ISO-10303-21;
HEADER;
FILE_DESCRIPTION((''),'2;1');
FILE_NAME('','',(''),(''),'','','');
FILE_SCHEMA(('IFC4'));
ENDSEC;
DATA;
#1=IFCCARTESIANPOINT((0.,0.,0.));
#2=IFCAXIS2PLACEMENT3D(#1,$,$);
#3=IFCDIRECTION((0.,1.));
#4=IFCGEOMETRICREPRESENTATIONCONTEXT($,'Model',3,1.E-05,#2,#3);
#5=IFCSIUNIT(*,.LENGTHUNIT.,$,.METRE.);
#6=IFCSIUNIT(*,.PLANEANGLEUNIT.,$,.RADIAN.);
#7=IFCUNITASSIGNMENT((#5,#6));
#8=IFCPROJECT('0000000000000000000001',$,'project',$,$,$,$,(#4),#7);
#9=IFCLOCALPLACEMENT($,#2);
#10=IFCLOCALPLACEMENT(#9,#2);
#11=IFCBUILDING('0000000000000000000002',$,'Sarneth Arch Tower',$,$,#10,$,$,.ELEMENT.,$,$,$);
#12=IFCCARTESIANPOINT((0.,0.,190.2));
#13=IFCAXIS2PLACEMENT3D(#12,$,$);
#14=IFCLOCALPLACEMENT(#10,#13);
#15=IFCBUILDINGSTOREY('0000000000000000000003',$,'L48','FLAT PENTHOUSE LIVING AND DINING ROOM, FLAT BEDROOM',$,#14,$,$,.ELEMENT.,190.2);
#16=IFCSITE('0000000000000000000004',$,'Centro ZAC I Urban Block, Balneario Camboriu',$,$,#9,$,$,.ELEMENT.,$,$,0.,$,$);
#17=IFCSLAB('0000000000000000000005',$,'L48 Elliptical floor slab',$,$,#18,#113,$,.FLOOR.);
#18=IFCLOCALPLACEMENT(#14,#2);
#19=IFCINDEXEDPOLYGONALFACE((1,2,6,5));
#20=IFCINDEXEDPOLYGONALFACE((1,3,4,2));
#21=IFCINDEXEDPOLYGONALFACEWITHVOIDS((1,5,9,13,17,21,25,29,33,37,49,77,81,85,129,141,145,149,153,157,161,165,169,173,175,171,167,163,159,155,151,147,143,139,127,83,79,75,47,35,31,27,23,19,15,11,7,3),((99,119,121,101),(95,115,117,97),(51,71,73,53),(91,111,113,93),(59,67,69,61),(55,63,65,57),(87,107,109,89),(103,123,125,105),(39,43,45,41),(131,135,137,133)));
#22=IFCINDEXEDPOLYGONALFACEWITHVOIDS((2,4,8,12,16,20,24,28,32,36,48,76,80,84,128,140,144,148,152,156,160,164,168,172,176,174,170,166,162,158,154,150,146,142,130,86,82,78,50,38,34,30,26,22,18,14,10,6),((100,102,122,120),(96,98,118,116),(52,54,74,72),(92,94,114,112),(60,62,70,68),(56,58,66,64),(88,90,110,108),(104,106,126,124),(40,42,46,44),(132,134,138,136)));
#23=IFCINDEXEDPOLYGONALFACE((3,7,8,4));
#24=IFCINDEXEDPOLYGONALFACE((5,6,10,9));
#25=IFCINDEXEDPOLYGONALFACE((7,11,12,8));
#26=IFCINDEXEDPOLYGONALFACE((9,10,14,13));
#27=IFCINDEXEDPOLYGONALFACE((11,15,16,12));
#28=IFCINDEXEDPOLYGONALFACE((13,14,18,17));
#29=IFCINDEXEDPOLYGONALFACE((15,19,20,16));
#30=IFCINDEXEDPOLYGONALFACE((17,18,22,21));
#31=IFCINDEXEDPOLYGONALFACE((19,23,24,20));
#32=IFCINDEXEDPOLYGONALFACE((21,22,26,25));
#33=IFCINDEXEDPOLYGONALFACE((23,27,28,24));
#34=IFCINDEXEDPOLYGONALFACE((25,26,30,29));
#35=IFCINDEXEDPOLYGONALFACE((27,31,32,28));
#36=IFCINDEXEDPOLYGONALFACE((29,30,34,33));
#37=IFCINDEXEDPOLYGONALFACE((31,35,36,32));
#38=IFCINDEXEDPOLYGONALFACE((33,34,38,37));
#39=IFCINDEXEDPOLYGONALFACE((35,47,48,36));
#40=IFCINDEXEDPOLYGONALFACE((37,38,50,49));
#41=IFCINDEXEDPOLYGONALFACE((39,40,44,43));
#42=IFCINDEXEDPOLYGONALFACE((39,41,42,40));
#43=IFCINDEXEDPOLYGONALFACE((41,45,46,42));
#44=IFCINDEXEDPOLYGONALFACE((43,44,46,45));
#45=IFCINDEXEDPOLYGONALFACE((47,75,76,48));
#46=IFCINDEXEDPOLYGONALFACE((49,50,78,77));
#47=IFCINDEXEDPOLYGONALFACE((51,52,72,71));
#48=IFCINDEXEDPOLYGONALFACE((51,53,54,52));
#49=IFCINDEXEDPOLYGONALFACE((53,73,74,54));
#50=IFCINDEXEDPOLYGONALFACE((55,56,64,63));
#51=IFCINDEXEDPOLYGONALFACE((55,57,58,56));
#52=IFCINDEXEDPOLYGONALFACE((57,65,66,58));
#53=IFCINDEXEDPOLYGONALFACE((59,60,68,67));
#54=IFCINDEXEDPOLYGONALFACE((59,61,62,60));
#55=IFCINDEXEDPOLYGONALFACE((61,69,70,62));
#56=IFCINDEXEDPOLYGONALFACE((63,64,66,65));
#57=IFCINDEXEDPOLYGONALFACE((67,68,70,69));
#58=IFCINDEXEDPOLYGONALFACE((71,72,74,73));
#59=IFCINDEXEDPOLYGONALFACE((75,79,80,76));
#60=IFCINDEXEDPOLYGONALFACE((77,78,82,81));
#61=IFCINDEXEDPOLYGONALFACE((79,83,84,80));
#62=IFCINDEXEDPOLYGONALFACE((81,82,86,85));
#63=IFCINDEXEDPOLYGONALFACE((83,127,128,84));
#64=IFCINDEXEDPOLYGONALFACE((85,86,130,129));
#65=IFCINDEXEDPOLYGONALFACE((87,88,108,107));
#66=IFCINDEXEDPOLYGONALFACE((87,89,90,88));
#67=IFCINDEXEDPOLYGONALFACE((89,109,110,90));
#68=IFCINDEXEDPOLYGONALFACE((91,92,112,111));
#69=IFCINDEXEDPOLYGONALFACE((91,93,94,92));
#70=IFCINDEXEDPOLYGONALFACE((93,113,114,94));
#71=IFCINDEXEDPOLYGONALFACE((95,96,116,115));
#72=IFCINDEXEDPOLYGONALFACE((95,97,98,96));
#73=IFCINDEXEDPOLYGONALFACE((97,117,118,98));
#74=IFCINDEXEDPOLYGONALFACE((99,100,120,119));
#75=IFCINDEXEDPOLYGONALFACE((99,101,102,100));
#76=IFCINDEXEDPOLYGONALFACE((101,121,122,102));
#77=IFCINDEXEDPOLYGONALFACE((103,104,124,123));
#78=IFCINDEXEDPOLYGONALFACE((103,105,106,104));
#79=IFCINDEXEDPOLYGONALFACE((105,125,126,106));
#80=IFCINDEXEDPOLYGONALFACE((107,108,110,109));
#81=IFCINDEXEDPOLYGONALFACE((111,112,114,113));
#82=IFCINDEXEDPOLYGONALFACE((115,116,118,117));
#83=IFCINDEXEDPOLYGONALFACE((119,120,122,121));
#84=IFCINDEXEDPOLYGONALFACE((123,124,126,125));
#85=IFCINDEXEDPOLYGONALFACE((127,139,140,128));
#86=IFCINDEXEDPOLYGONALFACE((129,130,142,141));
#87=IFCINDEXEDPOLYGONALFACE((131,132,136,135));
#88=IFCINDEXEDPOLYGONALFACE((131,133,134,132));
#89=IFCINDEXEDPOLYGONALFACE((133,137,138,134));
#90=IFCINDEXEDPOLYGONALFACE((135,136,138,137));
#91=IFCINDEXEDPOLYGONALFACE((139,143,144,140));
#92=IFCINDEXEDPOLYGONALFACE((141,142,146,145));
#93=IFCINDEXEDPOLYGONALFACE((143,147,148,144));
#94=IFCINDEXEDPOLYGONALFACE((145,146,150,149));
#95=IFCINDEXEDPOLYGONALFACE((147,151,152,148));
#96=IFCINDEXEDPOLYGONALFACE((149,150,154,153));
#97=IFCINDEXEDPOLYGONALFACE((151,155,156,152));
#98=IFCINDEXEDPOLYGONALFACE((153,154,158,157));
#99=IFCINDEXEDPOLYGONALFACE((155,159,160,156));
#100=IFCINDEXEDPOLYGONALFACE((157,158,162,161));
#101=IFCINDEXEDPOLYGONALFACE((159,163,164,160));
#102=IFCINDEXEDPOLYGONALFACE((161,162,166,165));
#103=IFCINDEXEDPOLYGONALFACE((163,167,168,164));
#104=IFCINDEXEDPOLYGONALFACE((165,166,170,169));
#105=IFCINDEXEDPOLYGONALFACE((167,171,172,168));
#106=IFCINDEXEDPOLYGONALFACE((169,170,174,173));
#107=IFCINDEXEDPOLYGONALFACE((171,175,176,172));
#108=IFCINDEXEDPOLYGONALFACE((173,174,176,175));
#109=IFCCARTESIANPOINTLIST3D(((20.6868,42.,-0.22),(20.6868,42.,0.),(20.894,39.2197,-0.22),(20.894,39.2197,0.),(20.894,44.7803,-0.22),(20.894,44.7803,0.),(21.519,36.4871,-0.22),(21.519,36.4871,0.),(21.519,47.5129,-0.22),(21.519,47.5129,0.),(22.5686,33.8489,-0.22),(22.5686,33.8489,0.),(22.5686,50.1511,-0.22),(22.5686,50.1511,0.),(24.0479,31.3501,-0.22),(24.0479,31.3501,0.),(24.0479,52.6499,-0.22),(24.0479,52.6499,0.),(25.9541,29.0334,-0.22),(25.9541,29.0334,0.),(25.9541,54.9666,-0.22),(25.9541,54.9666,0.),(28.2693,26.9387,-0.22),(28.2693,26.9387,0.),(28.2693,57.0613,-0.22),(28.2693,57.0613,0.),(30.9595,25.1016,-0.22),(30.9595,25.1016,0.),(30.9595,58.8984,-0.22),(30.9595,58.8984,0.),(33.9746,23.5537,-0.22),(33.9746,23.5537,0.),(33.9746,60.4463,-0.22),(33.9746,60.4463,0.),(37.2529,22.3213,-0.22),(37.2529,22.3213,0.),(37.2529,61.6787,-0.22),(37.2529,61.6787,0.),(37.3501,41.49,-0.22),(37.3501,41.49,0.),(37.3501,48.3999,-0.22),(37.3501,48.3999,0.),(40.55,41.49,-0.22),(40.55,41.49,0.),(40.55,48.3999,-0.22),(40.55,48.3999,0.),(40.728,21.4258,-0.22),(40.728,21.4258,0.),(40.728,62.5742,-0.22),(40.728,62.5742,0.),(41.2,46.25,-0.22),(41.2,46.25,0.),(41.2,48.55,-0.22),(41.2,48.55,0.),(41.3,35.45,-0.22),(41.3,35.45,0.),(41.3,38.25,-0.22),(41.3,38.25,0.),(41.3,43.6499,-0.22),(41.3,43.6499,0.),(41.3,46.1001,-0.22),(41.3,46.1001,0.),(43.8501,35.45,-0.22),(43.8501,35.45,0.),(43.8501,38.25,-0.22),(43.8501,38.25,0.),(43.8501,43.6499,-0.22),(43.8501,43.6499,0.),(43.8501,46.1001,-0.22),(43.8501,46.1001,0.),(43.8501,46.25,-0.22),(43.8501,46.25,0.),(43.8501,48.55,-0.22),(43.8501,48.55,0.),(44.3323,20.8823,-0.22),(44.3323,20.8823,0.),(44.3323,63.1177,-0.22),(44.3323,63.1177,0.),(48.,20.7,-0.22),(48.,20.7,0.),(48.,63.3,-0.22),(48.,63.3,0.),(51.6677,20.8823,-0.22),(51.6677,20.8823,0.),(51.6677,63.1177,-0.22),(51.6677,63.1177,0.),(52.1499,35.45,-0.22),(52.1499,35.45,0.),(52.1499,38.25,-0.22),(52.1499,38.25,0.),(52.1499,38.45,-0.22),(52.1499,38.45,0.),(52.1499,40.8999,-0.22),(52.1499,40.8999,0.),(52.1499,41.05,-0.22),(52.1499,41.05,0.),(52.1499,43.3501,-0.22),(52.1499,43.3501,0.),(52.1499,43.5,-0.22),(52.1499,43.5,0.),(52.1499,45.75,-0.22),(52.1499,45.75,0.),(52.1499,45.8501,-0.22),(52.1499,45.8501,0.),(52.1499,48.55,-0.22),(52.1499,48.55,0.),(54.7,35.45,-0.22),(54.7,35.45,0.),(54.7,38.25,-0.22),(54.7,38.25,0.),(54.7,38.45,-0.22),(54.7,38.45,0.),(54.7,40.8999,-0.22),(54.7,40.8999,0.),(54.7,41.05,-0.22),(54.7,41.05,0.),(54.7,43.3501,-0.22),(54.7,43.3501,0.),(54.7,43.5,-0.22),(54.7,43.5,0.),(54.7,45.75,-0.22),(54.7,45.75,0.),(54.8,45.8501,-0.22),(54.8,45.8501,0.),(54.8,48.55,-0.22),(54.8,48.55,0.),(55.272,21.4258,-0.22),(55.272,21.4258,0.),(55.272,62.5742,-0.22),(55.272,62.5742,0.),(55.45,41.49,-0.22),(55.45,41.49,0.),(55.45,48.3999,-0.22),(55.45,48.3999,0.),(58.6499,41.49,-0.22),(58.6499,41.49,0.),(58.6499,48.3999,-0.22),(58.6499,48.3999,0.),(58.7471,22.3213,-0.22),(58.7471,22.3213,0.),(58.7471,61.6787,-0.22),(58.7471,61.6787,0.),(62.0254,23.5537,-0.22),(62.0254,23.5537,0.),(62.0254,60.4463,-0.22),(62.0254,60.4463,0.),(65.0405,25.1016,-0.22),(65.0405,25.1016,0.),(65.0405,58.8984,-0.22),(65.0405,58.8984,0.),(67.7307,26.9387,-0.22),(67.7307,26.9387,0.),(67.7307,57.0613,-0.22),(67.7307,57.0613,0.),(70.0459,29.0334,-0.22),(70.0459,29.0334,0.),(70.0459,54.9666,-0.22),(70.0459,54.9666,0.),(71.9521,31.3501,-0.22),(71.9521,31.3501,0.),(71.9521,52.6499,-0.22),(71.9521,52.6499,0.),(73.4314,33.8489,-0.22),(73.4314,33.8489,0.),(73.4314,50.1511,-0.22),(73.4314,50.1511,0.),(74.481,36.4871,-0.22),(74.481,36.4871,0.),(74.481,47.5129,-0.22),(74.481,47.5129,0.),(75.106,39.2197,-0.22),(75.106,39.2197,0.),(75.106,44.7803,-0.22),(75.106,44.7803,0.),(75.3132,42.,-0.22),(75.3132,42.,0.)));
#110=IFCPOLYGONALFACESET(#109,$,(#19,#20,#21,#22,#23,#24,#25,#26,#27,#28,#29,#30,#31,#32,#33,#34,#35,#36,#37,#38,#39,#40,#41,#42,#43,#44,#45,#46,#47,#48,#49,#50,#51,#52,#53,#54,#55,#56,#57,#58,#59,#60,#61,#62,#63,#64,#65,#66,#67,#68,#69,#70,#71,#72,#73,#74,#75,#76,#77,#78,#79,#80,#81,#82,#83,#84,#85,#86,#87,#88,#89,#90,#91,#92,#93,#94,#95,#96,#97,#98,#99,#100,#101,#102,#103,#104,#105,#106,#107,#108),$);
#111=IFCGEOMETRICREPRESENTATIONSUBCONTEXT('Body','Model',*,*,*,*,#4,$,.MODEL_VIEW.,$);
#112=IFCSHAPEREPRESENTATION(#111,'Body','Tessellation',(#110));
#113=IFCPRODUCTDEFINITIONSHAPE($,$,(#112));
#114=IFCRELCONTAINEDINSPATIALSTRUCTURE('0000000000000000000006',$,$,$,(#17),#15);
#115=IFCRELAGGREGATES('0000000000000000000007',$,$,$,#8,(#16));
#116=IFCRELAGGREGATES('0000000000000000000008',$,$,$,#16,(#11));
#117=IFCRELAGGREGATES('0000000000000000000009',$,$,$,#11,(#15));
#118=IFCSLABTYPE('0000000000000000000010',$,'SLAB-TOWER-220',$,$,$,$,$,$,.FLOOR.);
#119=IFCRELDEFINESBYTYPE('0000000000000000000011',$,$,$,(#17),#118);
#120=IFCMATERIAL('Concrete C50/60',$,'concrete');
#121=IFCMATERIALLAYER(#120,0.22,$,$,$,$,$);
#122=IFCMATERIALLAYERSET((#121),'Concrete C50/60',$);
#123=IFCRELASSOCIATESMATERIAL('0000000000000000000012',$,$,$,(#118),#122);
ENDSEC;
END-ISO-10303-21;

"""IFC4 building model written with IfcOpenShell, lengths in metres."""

from ifc_helpers import new_model, si_unit, direction, frame, origin, place, context, subcontext, project, spatial, polyline, outline, extrude, material, layer, layer_set, type_object, element, save


model = new_model("IFC4")

# Units and contexts
model_context = context("Model", 3, precision=1e-05, world=origin(), true_north=direction((0.0, 1.0)))
body_context = subcontext(model_context, "Body", "Model", "MODEL_VIEW")
ifc_project = project(units=[si_unit("LENGTHUNIT", "METRE"), si_unit("PLANEANGLEUNIT", "RADIAN")], contexts=[model_context])

# Site, building, storey
site_placement = place(None, origin())
site = spatial("IfcSite", under=ifc_project, at=site_placement, Name="Centro ZAC I Urban Block, Balneario Camboriu", CompositionType="ELEMENT", RefElevation=0.0)
building_placement = place(site_placement, origin())
building = spatial("IfcBuilding", under=site, at=building_placement, Name="Sarneth Arch Tower", CompositionType="ELEMENT")
storey_placement = place(building_placement, frame((0.0, 0.0, 190.2)))
storey = spatial("IfcBuildingStorey", under=building, at=storey_placement, Name="L48", Description="FLAT PENTHOUSE LIVING AND DINING ROOM, FLAT BEDROOM", CompositionType="ELEMENT", Elevation=190.2)

# Slab
ifc_material_1 = material(Name="Concrete C50/60", Category="concrete")
ifc_layer_1 = layer(ifc_material_1, 0.22)
ifc_layer_set_1 = layer_set([ifc_layer_1], Name="Concrete C50/60")
slab_type_1 = type_object("IfcSlabType", Name="SLAB-TOWER-220", PredefinedType="FLOOR", material=ifc_layer_set_1)
slab_1_placement = place(storey_placement, frame((0.0, 0.0, -0.22)))
element("IfcSlab", 1, at=slab_1_placement, inside=storey, type_object=slab_type_1, Name="L48 Elliptical floor slab", PredefinedType="FLOOR", context=body_context, shape_type="SweptSolid", body=[
    extrude(outline(polyline([(75.3132, 42.0), (75.106, 44.7803), (74.481, 47.5129), (73.4314, 50.1511), (71.9521, 52.6499), (70.0459, 54.9666), (67.7307, 57.0613), (65.0405, 58.8984), (62.0254, 60.4463), (58.7471, 61.6787), (55.272, 62.5742), (51.6677, 63.1177), (48.0, 63.3), (44.3323, 63.1177), (40.728, 62.5742), (37.2529, 61.6787), (33.9746, 60.4463), (30.9595, 58.8984), (28.2693, 57.0613), (25.9541, 54.9666), (24.0479, 52.6499), (22.5686, 50.1511), (21.519, 47.5129), (20.894, 44.7803), (20.6868, 42.0), (20.894, 39.2197), (21.519, 36.4871), (22.5686, 33.8489), (24.0479, 31.3501), (25.9541, 29.0334), (28.2693, 26.9387), (30.9595, 25.1016), (33.9746, 23.5537), (37.2529, 22.3213), (40.728, 21.4258), (44.3323, 20.8823), (48.0, 20.7), (51.6677, 20.8823), (55.272, 21.4258), (58.7471, 22.3213), (62.0254, 23.5537), (65.0405, 25.1016), (67.7307, 26.9387), (70.0459, 29.0334), (71.9521, 31.3501), (73.4314, 33.8489), (74.481, 36.4871), (75.106, 39.2197), (75.3132, 42.0)]), holes=[polyline([(37.3501, 41.49), (40.55, 41.49), (40.55, 48.3999), (37.3501, 48.3999), (37.3501, 41.49)]), polyline([(55.45, 41.49), (58.6499, 41.49), (58.6499, 48.3999), (55.45, 48.3999), (55.45, 41.49)]), polyline([(41.2, 46.25), (43.8501, 46.25), (43.8501, 48.55), (41.2, 48.55), (41.2, 46.25)]), polyline([(41.3, 35.45), (43.8501, 35.45), (43.8501, 38.25), (41.3, 38.25), (41.3, 35.45)]), polyline([(52.1499, 35.45), (54.7, 35.45), (54.7, 38.25), (52.1499, 38.25), (52.1499, 35.45)]), polyline([(52.1499, 45.8501), (54.8, 45.8501), (54.8, 48.55), (52.1499, 48.55), (52.1499, 45.8501)]), polyline([(41.3, 43.6499), (43.8501, 43.6499), (43.8501, 46.1001), (41.3, 46.1001), (41.3, 43.6499)]), polyline([(52.1499, 38.45), (54.7, 38.45), (54.7, 40.8999), (52.1499, 40.8999), (52.1499, 38.45)]), polyline([(52.1499, 41.05), (54.7, 41.05), (54.7, 43.3501), (52.1499, 43.3501), (52.1499, 41.05)]), polyline([(52.1499, 43.5), (54.7, 43.5), (54.7, 45.75), (52.1499, 45.75), (52.1499, 43.5)])]), origin(), (0.0, 0.0, 1.0), 0.22),
])

save(model, "model.ifc")
